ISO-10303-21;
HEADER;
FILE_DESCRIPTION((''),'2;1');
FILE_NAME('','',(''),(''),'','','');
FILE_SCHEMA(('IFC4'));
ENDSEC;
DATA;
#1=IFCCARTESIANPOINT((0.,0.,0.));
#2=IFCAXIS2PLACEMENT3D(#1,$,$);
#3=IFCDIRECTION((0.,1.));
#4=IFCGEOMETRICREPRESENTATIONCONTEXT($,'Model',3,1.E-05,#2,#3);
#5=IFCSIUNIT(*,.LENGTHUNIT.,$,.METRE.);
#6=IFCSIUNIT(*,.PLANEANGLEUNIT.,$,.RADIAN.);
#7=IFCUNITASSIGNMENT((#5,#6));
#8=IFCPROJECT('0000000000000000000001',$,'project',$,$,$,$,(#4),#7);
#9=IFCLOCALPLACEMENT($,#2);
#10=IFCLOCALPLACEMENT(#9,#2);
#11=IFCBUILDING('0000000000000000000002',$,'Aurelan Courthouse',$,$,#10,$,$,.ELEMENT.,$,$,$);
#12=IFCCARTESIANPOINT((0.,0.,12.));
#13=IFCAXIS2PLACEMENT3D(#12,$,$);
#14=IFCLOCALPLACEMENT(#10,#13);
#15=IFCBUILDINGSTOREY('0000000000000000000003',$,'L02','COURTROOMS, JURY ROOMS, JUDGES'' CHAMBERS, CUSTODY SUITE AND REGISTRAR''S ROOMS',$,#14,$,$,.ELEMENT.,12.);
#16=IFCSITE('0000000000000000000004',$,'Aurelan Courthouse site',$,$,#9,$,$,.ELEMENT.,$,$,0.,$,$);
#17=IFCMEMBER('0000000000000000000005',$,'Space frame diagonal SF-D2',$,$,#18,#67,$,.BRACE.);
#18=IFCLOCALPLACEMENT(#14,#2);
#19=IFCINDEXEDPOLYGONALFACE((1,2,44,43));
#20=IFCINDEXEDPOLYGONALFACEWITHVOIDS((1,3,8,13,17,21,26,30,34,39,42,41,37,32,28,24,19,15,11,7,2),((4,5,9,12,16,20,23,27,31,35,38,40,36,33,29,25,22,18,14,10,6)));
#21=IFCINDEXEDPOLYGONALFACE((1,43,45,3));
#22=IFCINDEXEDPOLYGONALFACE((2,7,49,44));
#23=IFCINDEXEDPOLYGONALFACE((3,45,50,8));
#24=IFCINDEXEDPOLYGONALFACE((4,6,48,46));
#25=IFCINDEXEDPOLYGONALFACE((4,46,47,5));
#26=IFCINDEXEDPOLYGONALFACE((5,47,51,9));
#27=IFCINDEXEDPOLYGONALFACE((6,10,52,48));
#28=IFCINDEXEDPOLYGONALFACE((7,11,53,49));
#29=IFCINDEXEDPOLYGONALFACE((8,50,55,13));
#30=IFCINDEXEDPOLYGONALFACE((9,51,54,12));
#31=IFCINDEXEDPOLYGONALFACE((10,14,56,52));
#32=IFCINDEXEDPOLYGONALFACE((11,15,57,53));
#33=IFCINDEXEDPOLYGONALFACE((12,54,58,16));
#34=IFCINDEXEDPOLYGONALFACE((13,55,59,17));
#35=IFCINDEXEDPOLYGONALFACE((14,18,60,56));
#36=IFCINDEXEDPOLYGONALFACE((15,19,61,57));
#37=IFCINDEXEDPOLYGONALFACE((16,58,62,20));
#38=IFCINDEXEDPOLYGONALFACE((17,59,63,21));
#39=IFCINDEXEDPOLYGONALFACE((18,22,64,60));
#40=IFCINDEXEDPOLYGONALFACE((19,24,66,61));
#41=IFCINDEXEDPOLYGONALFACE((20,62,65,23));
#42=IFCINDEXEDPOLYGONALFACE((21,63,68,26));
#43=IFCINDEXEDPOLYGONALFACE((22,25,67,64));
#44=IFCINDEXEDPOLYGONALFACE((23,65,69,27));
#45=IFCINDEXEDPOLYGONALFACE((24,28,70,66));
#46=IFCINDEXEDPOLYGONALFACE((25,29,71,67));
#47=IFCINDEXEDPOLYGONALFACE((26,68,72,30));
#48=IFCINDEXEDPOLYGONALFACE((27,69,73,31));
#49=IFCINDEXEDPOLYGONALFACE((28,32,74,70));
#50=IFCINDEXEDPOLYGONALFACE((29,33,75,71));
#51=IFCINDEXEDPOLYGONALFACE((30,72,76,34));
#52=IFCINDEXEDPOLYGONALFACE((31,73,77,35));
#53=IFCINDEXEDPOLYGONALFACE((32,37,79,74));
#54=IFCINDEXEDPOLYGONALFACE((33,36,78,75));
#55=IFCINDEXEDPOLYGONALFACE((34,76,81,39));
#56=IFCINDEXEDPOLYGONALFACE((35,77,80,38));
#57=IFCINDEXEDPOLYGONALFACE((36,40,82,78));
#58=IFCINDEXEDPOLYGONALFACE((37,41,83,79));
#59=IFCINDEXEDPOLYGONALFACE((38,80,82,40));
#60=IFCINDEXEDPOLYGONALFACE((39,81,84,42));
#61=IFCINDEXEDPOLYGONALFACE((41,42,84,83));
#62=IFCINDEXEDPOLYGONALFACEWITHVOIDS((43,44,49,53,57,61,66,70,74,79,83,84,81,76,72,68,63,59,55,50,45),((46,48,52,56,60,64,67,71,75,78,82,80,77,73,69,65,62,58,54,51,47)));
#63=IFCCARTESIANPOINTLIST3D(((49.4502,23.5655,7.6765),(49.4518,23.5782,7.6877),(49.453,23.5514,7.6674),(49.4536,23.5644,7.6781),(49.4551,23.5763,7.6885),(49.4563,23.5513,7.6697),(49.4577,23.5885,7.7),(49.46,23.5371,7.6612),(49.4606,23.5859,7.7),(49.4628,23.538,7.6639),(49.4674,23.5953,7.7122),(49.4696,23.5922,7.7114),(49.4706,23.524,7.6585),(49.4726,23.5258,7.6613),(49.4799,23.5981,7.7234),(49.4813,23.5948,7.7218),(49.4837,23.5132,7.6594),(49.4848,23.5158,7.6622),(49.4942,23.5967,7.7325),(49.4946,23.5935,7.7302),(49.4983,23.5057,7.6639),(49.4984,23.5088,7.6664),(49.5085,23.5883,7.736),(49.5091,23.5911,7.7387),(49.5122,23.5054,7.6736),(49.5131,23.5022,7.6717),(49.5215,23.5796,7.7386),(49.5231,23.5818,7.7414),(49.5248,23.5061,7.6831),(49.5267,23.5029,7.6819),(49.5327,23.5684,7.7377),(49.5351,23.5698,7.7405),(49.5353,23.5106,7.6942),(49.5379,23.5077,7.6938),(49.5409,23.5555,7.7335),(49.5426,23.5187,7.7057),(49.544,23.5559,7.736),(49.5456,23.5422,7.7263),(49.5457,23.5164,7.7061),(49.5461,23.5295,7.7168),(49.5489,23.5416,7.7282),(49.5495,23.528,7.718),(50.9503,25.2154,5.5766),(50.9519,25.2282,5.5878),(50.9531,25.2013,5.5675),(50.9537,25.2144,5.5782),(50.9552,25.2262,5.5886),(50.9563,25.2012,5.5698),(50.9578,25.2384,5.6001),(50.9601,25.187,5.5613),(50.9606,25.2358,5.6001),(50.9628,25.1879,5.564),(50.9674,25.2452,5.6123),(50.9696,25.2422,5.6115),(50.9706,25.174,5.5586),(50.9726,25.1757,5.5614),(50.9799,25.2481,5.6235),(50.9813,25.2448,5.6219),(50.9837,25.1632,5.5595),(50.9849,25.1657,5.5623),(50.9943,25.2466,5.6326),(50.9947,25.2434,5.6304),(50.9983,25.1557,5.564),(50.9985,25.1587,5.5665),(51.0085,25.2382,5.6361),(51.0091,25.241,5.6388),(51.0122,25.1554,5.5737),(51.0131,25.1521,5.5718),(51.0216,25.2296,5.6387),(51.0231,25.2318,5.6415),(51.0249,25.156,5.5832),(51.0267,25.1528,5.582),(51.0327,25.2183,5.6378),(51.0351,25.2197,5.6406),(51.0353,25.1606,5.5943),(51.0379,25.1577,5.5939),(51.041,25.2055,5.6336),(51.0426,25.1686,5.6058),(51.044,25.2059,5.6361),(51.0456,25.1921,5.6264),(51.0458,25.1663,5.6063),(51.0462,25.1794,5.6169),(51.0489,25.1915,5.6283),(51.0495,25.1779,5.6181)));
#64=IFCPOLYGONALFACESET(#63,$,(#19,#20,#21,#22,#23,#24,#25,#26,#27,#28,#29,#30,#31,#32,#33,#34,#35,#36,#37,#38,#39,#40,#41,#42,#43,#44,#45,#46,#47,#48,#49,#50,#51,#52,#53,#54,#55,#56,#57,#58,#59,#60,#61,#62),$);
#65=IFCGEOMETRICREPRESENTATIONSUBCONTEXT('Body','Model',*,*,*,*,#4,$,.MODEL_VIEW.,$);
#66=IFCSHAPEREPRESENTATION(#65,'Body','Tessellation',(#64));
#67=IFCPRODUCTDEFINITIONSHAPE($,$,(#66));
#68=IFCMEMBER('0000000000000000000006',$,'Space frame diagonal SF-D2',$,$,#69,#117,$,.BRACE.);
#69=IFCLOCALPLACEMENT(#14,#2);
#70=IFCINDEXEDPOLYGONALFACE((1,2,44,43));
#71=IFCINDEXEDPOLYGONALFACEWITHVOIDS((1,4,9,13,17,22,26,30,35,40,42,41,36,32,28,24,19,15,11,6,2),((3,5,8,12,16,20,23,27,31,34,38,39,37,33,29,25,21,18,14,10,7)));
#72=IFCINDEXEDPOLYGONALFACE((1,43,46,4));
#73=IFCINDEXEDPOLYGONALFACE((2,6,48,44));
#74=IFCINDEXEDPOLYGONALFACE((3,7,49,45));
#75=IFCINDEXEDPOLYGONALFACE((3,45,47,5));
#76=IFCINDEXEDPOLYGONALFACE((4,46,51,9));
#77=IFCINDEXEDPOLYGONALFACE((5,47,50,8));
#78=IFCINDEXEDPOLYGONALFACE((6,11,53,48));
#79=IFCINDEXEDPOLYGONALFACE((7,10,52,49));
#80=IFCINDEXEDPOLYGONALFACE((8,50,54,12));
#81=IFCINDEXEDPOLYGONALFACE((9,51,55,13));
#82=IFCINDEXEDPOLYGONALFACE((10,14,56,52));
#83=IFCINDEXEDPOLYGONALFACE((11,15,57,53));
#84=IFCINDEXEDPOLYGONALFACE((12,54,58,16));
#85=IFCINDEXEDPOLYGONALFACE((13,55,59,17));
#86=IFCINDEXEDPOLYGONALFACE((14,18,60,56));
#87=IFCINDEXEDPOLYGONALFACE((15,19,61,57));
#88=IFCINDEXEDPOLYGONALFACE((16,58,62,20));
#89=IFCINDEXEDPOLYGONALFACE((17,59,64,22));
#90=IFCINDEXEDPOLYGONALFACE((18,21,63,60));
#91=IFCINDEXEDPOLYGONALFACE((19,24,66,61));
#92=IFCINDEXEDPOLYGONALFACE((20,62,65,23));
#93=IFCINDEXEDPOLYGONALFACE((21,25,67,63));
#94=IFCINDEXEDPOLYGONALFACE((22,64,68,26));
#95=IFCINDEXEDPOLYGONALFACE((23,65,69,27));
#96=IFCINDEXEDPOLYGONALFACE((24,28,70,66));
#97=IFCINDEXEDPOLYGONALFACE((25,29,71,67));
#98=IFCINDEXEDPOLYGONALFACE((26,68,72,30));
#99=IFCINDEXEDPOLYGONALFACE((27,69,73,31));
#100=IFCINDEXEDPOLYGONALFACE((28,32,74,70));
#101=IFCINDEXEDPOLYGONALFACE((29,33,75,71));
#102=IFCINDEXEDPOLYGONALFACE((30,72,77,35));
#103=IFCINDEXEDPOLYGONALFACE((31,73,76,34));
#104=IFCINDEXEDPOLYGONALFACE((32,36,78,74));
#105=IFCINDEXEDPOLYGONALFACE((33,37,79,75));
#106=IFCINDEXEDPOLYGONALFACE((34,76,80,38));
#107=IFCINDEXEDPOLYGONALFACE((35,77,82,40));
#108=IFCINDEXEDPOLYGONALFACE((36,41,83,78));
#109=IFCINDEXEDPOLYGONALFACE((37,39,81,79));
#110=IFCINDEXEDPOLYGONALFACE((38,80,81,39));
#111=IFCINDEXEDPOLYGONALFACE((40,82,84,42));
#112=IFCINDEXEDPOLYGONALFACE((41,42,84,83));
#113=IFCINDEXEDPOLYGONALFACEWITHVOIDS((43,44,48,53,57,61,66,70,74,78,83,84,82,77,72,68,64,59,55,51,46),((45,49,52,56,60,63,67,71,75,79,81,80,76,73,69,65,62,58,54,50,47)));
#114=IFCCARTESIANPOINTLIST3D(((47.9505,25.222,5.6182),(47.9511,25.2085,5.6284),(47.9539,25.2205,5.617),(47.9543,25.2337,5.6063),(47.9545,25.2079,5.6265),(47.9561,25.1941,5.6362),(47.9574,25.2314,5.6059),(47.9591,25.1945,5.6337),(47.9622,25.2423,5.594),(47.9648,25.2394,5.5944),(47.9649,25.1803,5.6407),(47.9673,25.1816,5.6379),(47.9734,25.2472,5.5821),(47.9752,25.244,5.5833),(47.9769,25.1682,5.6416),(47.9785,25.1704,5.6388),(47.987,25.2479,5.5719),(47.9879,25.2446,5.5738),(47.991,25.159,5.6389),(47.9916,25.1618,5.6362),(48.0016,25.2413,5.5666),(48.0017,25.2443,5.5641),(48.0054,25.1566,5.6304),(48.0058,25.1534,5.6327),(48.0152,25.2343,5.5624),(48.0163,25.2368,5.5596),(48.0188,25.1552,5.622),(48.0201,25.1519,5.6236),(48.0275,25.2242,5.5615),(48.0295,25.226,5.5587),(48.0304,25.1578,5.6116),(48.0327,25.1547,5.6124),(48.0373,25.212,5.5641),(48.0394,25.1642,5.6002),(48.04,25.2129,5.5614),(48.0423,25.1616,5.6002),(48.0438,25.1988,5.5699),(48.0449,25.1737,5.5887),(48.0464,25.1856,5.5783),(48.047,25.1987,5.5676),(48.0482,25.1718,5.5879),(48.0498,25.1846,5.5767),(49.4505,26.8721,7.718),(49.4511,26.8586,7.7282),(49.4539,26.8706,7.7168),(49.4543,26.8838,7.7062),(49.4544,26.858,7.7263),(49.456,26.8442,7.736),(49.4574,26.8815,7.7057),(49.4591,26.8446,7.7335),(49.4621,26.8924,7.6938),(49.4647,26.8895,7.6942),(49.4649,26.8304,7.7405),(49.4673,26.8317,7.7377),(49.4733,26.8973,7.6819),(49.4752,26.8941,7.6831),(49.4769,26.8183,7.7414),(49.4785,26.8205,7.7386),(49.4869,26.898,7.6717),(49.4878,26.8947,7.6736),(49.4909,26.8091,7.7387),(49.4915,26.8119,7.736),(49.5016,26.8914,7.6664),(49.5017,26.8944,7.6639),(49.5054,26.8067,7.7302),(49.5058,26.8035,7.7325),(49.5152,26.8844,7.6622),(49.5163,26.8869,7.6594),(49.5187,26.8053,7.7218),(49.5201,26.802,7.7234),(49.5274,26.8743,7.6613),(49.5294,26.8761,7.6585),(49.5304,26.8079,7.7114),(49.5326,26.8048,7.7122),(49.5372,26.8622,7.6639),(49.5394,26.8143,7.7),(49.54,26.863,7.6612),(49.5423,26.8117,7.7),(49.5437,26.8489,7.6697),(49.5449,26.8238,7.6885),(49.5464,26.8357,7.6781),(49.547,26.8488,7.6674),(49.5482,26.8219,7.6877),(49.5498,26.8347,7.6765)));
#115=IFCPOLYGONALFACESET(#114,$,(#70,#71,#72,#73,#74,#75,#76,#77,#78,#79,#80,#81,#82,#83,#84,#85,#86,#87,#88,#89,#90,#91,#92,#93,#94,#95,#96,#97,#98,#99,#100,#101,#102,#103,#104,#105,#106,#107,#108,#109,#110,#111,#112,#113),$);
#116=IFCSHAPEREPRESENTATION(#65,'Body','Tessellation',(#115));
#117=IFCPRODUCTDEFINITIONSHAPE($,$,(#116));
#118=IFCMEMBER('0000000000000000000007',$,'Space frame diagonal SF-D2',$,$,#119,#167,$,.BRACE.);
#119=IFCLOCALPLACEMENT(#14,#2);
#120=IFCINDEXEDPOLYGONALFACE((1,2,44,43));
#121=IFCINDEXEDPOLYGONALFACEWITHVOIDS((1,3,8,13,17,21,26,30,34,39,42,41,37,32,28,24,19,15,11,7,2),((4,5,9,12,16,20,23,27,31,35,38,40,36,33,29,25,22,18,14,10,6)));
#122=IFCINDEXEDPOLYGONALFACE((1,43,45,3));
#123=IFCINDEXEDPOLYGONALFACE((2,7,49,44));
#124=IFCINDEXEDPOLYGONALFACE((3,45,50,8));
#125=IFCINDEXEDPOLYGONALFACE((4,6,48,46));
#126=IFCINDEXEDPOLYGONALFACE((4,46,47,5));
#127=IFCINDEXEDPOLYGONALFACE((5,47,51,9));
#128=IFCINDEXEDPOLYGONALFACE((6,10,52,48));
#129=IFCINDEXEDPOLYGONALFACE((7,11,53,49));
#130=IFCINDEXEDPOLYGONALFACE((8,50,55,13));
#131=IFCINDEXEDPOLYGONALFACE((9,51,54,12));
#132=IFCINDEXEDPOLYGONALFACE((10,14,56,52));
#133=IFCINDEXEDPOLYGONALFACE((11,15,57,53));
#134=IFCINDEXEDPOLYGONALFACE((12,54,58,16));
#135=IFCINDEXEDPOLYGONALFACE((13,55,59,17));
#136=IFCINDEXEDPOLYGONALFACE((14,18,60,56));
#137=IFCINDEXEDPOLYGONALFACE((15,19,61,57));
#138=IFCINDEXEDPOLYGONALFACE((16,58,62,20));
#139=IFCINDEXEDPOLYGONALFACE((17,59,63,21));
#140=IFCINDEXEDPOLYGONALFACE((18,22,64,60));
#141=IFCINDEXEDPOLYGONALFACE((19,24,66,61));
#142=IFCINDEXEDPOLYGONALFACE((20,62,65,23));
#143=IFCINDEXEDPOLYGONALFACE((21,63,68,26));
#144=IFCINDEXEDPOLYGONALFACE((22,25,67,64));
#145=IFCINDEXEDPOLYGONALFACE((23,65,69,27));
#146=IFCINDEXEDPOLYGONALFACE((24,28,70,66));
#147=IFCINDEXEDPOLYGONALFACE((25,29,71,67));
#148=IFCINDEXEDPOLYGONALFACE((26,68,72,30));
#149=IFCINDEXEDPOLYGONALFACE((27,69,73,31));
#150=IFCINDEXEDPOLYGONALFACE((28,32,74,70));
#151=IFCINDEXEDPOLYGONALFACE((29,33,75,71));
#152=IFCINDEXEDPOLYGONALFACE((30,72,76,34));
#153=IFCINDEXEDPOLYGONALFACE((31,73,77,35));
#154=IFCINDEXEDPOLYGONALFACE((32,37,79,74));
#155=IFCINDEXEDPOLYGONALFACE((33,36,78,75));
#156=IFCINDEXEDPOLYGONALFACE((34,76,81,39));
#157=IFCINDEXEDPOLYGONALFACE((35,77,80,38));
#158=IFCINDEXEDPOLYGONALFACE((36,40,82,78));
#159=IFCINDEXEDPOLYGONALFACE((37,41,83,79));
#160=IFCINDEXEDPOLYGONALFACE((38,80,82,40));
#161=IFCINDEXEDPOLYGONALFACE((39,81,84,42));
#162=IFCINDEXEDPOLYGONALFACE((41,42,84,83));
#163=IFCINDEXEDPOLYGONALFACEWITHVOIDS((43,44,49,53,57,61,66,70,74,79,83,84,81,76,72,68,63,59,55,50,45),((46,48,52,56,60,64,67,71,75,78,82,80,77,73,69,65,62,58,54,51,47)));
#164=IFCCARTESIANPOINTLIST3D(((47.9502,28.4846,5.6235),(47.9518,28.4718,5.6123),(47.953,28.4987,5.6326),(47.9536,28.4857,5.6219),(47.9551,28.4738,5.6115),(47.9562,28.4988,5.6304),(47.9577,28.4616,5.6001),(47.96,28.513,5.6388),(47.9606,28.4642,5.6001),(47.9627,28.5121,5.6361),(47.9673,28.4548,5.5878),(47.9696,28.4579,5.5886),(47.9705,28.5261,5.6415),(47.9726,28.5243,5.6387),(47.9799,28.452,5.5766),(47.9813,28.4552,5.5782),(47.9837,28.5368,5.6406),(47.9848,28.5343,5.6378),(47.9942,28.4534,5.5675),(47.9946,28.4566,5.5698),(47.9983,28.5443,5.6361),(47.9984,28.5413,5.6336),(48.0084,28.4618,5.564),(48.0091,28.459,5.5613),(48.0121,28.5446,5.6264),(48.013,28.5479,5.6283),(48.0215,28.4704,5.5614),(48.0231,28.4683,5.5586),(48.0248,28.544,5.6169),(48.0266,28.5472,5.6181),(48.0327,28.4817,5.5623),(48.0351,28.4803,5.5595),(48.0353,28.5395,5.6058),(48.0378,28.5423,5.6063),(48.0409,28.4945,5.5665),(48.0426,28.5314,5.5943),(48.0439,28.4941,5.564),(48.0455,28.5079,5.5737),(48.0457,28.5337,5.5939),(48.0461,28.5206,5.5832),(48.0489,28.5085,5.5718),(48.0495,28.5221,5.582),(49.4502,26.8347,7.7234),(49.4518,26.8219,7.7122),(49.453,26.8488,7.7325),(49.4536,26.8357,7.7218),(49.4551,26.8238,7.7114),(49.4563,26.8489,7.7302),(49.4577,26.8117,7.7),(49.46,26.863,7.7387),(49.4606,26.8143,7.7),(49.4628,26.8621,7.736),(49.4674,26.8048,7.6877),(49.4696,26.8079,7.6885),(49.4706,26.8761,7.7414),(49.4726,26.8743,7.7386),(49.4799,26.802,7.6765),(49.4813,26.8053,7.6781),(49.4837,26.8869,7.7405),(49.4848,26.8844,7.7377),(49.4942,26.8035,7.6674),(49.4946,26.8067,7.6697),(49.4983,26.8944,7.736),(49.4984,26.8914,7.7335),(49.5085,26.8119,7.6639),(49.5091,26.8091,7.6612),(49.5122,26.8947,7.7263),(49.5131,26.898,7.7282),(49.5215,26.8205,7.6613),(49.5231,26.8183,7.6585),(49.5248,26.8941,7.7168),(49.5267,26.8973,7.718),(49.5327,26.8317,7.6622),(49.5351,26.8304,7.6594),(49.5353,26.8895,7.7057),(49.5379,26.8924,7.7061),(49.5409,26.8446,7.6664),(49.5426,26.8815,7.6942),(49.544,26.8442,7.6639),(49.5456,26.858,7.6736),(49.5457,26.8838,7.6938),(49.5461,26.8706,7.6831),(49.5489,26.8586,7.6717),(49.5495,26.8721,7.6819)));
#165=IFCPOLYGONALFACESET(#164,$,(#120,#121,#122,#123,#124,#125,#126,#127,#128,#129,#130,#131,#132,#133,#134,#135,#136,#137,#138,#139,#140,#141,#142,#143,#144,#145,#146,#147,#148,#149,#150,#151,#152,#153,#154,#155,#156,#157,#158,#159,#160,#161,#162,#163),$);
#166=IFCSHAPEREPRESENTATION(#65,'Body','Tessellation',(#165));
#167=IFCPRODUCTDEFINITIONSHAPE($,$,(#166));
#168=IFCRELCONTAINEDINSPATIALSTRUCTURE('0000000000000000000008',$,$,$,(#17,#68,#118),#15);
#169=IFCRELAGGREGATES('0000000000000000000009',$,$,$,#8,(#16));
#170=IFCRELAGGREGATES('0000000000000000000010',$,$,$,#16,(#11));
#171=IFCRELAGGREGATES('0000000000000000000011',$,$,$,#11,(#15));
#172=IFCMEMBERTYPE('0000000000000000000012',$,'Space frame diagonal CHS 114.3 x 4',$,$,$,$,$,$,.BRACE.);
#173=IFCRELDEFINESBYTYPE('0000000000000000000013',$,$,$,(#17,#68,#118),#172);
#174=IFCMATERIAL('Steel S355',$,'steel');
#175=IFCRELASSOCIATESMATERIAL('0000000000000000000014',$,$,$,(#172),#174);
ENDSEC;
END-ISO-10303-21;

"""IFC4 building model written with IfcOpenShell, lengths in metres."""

from ifc_helpers import new_model, si_unit, direction, frame, origin, origin_2d, place, context, subcontext, project, spatial, hollow_circle, extrude, material, material_profile, profile_set, type_object, element, save


model = new_model("IFC4")

# Units and contexts
model_context = context("Model", 3, precision=1e-05, world=origin(), true_north=direction((0.0, 1.0)))
body_context = subcontext(model_context, "Body", "Model", "MODEL_VIEW")
ifc_project = project(units=[si_unit("LENGTHUNIT", "METRE"), si_unit("PLANEANGLEUNIT", "RADIAN")], contexts=[model_context])

# Site, building, storey
site_placement = place(None, origin())
site = spatial("IfcSite", under=ifc_project, at=site_placement, Name="Aurelan Courthouse site", CompositionType="ELEMENT", RefElevation=0.0)
building_placement = place(site_placement, origin())
building = spatial("IfcBuilding", under=site, at=building_placement, Name="Aurelan Courthouse", CompositionType="ELEMENT")
storey_placement = place(building_placement, frame((0.0, 0.0, 12.0)))
storey = spatial("IfcBuildingStorey", under=building, at=storey_placement, Name="L02", Description="COURTROOMS, JURY ROOMS, JUDGES' CHAMBERS, CUSTODY SUITE AND REGISTRAR'S ROOMS", CompositionType="ELEMENT", Elevation=12.0)

# Members
ifc_material_1 = material(Name="Steel S355", Category="steel")
ifc_material_profile_1 = material_profile(ifc_material_1, hollow_circle(Radius=0.0571, WallThickness=0.0039, at=origin_2d()), Name="CHS 114.3 x 4")
ifc_profile_set_1 = profile_set([ifc_material_profile_1], Name="Steel S355")
member_type_1 = type_object("IfcMemberType", Name="Space frame diagonal CHS 114.3 x 4", PredefinedType="BRACE", material=ifc_profile_set_1)
for number, where, z_axis, x_axis, name in (
    (1, (49.5, 23.55, 7.7), (0.489727, 0.538667, -0.685569), (-0.73992, 0.672695, 0.0), "Space frame diagonal SF-D2"),
    (2, (49.5, 26.8501, 7.7), (-0.489706, -0.538724, -0.68554), (0.73997, -0.67264, 0.0), "Space frame diagonal SF-D2"),
    (3, (49.5, 26.8501, 7.7), (-0.489727, 0.538667, -0.685569), (-0.73992, -0.672695, 0.0), "Space frame diagonal SF-D2"),
):
    element("IfcMember", number, at=place(storey_placement, frame(where, z_axis=z_axis, x_axis=x_axis)), inside=storey, type_object=member_type_1, Name=name, PredefinedType="BRACE", context=body_context, shape_type="SweptSolid", body=[
        extrude(hollow_circle(Radius=0.0571, WallThickness=0.0039, at=origin_2d()), origin(), (0.0, 0.0, 1.0), 3.063),
    ])

save(model, "model.ifc")
